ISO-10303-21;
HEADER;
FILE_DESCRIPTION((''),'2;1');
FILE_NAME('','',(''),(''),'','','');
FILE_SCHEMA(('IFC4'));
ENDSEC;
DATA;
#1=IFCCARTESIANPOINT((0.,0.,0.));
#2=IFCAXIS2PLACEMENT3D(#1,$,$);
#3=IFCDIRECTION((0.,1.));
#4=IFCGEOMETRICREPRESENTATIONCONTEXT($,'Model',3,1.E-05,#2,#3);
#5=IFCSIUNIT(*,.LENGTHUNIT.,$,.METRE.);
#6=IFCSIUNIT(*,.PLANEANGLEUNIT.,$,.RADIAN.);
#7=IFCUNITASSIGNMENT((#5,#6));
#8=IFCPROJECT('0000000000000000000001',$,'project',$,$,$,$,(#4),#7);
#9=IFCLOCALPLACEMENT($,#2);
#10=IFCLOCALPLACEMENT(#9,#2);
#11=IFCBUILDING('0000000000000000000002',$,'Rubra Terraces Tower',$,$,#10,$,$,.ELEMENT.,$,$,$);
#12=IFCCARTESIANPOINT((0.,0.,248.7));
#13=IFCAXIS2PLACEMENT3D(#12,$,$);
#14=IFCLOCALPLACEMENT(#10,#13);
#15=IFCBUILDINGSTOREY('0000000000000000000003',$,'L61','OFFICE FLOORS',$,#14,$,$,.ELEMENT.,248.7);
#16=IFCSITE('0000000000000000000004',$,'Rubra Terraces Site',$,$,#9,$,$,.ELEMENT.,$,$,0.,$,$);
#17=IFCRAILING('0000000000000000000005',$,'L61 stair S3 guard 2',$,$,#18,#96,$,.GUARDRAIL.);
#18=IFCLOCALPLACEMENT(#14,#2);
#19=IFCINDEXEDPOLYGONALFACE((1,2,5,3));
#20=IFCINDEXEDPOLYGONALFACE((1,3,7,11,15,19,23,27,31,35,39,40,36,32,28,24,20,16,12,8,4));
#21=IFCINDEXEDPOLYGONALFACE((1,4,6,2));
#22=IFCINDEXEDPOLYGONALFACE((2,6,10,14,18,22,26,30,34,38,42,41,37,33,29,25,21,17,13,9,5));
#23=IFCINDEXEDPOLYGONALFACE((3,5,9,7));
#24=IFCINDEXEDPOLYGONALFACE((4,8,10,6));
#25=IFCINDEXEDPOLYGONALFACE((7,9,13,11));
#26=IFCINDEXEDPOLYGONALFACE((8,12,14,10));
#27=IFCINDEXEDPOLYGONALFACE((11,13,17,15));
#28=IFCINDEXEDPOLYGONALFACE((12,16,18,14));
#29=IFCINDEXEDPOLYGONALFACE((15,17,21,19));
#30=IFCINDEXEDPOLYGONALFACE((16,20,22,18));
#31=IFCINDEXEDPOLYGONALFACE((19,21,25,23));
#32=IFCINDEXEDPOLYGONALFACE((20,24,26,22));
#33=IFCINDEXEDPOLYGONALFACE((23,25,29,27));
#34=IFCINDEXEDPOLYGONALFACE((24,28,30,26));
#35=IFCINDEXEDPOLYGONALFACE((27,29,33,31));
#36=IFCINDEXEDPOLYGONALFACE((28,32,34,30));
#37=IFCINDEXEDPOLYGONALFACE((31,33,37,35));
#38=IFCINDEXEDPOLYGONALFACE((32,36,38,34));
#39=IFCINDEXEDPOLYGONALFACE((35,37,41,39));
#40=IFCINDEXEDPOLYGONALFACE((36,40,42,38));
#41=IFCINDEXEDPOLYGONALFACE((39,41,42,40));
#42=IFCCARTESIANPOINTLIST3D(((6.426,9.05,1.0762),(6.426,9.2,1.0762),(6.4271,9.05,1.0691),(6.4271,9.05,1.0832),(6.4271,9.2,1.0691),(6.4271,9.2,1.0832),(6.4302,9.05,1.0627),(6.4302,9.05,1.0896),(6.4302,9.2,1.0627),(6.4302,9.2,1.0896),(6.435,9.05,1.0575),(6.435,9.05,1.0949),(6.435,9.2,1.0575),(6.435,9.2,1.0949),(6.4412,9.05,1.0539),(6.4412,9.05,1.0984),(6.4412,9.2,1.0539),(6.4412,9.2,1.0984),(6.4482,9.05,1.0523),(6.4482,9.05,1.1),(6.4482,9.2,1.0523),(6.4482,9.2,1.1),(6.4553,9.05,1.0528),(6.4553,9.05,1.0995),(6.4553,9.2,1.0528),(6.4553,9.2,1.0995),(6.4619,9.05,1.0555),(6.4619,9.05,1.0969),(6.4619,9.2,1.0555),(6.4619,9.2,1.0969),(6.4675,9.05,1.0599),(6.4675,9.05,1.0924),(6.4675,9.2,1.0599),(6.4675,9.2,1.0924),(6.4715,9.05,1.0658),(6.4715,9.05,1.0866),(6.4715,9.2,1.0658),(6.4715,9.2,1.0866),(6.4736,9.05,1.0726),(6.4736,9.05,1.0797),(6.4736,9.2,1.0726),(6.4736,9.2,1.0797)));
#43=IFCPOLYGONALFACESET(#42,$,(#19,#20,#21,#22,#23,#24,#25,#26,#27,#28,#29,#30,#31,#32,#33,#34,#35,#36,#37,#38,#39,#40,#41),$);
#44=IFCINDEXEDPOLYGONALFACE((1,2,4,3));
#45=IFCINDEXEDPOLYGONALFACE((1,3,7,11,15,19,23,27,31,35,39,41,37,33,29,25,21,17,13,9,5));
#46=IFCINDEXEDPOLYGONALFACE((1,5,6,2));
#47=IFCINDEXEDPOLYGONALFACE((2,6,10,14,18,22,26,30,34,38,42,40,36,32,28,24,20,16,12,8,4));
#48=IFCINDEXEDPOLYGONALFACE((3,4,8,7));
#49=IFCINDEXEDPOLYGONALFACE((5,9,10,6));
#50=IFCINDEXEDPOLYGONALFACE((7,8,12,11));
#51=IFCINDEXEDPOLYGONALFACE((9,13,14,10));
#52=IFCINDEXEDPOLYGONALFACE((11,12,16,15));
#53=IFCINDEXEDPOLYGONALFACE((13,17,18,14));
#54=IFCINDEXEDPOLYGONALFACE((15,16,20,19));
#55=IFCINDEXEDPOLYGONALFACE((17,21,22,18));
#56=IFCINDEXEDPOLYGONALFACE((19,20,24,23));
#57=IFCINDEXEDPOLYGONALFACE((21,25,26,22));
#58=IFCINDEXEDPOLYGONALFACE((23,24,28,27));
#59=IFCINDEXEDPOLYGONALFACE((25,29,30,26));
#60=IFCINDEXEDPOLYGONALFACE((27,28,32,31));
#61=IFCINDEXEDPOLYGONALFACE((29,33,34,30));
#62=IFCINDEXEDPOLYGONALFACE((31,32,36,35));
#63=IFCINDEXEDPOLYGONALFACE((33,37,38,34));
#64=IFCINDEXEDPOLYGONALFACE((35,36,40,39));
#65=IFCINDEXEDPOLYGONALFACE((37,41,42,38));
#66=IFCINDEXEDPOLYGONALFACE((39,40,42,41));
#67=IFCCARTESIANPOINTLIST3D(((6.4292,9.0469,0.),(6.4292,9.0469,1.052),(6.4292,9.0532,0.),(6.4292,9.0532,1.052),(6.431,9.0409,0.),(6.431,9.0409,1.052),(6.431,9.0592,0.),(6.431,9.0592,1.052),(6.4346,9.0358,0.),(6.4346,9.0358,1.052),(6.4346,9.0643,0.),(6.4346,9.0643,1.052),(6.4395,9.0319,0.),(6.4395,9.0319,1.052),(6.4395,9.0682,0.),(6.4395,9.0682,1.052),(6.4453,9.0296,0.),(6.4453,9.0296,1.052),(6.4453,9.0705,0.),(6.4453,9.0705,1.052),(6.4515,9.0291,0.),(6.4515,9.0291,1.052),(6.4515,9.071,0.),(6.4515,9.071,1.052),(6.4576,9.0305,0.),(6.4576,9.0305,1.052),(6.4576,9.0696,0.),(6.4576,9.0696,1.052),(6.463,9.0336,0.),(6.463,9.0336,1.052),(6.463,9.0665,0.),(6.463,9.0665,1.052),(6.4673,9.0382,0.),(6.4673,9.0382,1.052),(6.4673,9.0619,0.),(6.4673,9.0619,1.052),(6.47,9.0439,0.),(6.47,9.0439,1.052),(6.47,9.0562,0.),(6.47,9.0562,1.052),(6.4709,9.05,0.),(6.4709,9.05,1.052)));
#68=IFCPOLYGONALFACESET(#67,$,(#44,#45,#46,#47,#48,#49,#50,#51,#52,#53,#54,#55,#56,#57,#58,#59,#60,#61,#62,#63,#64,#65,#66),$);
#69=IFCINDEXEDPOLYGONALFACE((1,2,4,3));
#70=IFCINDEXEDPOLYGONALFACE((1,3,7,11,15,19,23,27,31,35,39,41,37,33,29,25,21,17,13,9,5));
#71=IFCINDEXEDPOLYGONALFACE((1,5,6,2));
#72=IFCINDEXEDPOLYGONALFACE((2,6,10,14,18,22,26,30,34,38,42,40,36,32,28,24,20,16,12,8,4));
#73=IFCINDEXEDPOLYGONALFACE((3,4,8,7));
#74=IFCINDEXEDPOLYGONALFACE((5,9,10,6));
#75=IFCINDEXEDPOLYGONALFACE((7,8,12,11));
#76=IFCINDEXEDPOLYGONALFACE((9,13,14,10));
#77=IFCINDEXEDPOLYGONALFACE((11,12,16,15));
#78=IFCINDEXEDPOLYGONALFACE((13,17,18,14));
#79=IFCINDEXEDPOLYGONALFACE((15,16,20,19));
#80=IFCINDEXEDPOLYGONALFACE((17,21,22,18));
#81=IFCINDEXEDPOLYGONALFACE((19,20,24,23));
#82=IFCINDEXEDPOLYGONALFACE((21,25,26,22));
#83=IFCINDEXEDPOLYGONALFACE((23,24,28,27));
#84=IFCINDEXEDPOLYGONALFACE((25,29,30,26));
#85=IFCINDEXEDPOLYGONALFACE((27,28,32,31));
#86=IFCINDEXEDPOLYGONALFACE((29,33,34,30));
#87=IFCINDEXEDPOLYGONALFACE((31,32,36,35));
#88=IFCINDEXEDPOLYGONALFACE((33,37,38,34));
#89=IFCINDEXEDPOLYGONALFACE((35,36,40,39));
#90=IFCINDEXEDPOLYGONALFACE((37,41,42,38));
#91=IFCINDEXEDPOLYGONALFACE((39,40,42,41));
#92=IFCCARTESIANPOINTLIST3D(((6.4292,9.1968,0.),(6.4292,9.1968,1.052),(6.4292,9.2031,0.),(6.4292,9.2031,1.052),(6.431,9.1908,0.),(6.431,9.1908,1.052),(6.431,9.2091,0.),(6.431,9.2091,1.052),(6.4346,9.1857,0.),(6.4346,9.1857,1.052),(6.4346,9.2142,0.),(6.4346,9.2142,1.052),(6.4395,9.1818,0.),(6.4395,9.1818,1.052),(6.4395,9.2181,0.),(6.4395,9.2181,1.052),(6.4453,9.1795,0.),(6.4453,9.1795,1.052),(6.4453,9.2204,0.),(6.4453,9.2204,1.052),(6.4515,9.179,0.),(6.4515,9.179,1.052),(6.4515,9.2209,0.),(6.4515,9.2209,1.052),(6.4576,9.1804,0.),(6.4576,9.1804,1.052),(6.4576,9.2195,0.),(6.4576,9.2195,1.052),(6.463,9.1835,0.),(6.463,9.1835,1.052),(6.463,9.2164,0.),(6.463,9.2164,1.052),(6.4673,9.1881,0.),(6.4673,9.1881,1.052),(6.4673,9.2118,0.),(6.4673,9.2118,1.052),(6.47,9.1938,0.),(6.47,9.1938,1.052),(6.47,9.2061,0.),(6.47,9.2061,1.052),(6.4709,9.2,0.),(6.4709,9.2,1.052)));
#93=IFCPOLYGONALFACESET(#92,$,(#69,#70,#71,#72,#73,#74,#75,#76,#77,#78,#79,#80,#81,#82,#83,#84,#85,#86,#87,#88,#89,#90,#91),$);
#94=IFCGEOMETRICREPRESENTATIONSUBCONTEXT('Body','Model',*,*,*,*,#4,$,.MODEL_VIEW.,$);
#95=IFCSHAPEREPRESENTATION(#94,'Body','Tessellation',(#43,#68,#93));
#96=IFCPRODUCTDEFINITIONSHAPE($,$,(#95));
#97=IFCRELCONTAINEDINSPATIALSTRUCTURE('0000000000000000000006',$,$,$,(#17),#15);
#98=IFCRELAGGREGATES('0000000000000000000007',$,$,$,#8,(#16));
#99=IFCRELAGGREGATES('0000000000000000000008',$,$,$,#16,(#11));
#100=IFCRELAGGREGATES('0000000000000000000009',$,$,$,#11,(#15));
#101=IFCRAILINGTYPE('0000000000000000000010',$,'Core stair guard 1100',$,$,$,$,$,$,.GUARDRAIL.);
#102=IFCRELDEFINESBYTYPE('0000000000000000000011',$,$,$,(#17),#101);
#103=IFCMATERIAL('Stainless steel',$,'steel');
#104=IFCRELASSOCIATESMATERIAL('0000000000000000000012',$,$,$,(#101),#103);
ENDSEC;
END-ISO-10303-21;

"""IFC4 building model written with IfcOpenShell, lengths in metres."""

from ifc_helpers import new_model, si_unit, direction, frame, origin, origin_2d, place, context, subcontext, project, spatial, circle, extrude, material, type_object, element, save


model = new_model("IFC4")

# Units and contexts
model_context = context("Model", 3, precision=1e-05, world=origin(), true_north=direction((0.0, 1.0)))
body_context = subcontext(model_context, "Body", "Model", "MODEL_VIEW")
ifc_project = project(units=[si_unit("LENGTHUNIT", "METRE"), si_unit("PLANEANGLEUNIT", "RADIAN")], contexts=[model_context])

# Site, building, storey
site_placement = place(None, origin())
site = spatial("IfcSite", under=ifc_project, at=site_placement, Name="Rubra Terraces Site", CompositionType="ELEMENT", RefElevation=0.0)
building_placement = place(site_placement, origin())
building = spatial("IfcBuilding", under=site, at=building_placement, Name="Rubra Terraces Tower", CompositionType="ELEMENT")
storey_placement = place(building_placement, frame((0.0, 0.0, 248.7)))
storey = spatial("IfcBuildingStorey", under=building, at=storey_placement, Name="L61", Description="OFFICE FLOORS", CompositionType="ELEMENT", Elevation=248.7)

# Shared definitions
ifc_material_1 = material(Name="Stainless steel", Category="steel")

# Railing
railing_type_1 = type_object("IfcRailingType", Name="Core stair guard 1100", PredefinedType="GUARDRAIL", material=ifc_material_1)
railing_1_placement = place(storey_placement, frame((6.45, 9.05, 0.0)))
element("IfcRailing", 1, at=railing_1_placement, inside=storey, type_object=railing_type_1, Name="L61 stair S3 guard 2", PredefinedType="GUARDRAIL", context=body_context, shape_type="SweptSolid", body=[
    extrude(circle(Radius=0.0239, at=origin_2d()), frame((0.0, 0.0, 1.0762), z_axis=(0.0, 1.0, 0.0), x_axis=(-1.0, 0.0, 0.0)), (0.0, 0.0, 1.0), 0.1499),
    extrude(circle(Radius=0.021, at=origin_2d()), origin(), (0.0, 0.0, 1.0), 1.052),
    extrude(circle(Radius=0.021, at=origin_2d()), frame((0.0, 0.1499, 0.0)), (0.0, 0.0, 1.0), 1.052),
])

save(model, "model.ifc")
